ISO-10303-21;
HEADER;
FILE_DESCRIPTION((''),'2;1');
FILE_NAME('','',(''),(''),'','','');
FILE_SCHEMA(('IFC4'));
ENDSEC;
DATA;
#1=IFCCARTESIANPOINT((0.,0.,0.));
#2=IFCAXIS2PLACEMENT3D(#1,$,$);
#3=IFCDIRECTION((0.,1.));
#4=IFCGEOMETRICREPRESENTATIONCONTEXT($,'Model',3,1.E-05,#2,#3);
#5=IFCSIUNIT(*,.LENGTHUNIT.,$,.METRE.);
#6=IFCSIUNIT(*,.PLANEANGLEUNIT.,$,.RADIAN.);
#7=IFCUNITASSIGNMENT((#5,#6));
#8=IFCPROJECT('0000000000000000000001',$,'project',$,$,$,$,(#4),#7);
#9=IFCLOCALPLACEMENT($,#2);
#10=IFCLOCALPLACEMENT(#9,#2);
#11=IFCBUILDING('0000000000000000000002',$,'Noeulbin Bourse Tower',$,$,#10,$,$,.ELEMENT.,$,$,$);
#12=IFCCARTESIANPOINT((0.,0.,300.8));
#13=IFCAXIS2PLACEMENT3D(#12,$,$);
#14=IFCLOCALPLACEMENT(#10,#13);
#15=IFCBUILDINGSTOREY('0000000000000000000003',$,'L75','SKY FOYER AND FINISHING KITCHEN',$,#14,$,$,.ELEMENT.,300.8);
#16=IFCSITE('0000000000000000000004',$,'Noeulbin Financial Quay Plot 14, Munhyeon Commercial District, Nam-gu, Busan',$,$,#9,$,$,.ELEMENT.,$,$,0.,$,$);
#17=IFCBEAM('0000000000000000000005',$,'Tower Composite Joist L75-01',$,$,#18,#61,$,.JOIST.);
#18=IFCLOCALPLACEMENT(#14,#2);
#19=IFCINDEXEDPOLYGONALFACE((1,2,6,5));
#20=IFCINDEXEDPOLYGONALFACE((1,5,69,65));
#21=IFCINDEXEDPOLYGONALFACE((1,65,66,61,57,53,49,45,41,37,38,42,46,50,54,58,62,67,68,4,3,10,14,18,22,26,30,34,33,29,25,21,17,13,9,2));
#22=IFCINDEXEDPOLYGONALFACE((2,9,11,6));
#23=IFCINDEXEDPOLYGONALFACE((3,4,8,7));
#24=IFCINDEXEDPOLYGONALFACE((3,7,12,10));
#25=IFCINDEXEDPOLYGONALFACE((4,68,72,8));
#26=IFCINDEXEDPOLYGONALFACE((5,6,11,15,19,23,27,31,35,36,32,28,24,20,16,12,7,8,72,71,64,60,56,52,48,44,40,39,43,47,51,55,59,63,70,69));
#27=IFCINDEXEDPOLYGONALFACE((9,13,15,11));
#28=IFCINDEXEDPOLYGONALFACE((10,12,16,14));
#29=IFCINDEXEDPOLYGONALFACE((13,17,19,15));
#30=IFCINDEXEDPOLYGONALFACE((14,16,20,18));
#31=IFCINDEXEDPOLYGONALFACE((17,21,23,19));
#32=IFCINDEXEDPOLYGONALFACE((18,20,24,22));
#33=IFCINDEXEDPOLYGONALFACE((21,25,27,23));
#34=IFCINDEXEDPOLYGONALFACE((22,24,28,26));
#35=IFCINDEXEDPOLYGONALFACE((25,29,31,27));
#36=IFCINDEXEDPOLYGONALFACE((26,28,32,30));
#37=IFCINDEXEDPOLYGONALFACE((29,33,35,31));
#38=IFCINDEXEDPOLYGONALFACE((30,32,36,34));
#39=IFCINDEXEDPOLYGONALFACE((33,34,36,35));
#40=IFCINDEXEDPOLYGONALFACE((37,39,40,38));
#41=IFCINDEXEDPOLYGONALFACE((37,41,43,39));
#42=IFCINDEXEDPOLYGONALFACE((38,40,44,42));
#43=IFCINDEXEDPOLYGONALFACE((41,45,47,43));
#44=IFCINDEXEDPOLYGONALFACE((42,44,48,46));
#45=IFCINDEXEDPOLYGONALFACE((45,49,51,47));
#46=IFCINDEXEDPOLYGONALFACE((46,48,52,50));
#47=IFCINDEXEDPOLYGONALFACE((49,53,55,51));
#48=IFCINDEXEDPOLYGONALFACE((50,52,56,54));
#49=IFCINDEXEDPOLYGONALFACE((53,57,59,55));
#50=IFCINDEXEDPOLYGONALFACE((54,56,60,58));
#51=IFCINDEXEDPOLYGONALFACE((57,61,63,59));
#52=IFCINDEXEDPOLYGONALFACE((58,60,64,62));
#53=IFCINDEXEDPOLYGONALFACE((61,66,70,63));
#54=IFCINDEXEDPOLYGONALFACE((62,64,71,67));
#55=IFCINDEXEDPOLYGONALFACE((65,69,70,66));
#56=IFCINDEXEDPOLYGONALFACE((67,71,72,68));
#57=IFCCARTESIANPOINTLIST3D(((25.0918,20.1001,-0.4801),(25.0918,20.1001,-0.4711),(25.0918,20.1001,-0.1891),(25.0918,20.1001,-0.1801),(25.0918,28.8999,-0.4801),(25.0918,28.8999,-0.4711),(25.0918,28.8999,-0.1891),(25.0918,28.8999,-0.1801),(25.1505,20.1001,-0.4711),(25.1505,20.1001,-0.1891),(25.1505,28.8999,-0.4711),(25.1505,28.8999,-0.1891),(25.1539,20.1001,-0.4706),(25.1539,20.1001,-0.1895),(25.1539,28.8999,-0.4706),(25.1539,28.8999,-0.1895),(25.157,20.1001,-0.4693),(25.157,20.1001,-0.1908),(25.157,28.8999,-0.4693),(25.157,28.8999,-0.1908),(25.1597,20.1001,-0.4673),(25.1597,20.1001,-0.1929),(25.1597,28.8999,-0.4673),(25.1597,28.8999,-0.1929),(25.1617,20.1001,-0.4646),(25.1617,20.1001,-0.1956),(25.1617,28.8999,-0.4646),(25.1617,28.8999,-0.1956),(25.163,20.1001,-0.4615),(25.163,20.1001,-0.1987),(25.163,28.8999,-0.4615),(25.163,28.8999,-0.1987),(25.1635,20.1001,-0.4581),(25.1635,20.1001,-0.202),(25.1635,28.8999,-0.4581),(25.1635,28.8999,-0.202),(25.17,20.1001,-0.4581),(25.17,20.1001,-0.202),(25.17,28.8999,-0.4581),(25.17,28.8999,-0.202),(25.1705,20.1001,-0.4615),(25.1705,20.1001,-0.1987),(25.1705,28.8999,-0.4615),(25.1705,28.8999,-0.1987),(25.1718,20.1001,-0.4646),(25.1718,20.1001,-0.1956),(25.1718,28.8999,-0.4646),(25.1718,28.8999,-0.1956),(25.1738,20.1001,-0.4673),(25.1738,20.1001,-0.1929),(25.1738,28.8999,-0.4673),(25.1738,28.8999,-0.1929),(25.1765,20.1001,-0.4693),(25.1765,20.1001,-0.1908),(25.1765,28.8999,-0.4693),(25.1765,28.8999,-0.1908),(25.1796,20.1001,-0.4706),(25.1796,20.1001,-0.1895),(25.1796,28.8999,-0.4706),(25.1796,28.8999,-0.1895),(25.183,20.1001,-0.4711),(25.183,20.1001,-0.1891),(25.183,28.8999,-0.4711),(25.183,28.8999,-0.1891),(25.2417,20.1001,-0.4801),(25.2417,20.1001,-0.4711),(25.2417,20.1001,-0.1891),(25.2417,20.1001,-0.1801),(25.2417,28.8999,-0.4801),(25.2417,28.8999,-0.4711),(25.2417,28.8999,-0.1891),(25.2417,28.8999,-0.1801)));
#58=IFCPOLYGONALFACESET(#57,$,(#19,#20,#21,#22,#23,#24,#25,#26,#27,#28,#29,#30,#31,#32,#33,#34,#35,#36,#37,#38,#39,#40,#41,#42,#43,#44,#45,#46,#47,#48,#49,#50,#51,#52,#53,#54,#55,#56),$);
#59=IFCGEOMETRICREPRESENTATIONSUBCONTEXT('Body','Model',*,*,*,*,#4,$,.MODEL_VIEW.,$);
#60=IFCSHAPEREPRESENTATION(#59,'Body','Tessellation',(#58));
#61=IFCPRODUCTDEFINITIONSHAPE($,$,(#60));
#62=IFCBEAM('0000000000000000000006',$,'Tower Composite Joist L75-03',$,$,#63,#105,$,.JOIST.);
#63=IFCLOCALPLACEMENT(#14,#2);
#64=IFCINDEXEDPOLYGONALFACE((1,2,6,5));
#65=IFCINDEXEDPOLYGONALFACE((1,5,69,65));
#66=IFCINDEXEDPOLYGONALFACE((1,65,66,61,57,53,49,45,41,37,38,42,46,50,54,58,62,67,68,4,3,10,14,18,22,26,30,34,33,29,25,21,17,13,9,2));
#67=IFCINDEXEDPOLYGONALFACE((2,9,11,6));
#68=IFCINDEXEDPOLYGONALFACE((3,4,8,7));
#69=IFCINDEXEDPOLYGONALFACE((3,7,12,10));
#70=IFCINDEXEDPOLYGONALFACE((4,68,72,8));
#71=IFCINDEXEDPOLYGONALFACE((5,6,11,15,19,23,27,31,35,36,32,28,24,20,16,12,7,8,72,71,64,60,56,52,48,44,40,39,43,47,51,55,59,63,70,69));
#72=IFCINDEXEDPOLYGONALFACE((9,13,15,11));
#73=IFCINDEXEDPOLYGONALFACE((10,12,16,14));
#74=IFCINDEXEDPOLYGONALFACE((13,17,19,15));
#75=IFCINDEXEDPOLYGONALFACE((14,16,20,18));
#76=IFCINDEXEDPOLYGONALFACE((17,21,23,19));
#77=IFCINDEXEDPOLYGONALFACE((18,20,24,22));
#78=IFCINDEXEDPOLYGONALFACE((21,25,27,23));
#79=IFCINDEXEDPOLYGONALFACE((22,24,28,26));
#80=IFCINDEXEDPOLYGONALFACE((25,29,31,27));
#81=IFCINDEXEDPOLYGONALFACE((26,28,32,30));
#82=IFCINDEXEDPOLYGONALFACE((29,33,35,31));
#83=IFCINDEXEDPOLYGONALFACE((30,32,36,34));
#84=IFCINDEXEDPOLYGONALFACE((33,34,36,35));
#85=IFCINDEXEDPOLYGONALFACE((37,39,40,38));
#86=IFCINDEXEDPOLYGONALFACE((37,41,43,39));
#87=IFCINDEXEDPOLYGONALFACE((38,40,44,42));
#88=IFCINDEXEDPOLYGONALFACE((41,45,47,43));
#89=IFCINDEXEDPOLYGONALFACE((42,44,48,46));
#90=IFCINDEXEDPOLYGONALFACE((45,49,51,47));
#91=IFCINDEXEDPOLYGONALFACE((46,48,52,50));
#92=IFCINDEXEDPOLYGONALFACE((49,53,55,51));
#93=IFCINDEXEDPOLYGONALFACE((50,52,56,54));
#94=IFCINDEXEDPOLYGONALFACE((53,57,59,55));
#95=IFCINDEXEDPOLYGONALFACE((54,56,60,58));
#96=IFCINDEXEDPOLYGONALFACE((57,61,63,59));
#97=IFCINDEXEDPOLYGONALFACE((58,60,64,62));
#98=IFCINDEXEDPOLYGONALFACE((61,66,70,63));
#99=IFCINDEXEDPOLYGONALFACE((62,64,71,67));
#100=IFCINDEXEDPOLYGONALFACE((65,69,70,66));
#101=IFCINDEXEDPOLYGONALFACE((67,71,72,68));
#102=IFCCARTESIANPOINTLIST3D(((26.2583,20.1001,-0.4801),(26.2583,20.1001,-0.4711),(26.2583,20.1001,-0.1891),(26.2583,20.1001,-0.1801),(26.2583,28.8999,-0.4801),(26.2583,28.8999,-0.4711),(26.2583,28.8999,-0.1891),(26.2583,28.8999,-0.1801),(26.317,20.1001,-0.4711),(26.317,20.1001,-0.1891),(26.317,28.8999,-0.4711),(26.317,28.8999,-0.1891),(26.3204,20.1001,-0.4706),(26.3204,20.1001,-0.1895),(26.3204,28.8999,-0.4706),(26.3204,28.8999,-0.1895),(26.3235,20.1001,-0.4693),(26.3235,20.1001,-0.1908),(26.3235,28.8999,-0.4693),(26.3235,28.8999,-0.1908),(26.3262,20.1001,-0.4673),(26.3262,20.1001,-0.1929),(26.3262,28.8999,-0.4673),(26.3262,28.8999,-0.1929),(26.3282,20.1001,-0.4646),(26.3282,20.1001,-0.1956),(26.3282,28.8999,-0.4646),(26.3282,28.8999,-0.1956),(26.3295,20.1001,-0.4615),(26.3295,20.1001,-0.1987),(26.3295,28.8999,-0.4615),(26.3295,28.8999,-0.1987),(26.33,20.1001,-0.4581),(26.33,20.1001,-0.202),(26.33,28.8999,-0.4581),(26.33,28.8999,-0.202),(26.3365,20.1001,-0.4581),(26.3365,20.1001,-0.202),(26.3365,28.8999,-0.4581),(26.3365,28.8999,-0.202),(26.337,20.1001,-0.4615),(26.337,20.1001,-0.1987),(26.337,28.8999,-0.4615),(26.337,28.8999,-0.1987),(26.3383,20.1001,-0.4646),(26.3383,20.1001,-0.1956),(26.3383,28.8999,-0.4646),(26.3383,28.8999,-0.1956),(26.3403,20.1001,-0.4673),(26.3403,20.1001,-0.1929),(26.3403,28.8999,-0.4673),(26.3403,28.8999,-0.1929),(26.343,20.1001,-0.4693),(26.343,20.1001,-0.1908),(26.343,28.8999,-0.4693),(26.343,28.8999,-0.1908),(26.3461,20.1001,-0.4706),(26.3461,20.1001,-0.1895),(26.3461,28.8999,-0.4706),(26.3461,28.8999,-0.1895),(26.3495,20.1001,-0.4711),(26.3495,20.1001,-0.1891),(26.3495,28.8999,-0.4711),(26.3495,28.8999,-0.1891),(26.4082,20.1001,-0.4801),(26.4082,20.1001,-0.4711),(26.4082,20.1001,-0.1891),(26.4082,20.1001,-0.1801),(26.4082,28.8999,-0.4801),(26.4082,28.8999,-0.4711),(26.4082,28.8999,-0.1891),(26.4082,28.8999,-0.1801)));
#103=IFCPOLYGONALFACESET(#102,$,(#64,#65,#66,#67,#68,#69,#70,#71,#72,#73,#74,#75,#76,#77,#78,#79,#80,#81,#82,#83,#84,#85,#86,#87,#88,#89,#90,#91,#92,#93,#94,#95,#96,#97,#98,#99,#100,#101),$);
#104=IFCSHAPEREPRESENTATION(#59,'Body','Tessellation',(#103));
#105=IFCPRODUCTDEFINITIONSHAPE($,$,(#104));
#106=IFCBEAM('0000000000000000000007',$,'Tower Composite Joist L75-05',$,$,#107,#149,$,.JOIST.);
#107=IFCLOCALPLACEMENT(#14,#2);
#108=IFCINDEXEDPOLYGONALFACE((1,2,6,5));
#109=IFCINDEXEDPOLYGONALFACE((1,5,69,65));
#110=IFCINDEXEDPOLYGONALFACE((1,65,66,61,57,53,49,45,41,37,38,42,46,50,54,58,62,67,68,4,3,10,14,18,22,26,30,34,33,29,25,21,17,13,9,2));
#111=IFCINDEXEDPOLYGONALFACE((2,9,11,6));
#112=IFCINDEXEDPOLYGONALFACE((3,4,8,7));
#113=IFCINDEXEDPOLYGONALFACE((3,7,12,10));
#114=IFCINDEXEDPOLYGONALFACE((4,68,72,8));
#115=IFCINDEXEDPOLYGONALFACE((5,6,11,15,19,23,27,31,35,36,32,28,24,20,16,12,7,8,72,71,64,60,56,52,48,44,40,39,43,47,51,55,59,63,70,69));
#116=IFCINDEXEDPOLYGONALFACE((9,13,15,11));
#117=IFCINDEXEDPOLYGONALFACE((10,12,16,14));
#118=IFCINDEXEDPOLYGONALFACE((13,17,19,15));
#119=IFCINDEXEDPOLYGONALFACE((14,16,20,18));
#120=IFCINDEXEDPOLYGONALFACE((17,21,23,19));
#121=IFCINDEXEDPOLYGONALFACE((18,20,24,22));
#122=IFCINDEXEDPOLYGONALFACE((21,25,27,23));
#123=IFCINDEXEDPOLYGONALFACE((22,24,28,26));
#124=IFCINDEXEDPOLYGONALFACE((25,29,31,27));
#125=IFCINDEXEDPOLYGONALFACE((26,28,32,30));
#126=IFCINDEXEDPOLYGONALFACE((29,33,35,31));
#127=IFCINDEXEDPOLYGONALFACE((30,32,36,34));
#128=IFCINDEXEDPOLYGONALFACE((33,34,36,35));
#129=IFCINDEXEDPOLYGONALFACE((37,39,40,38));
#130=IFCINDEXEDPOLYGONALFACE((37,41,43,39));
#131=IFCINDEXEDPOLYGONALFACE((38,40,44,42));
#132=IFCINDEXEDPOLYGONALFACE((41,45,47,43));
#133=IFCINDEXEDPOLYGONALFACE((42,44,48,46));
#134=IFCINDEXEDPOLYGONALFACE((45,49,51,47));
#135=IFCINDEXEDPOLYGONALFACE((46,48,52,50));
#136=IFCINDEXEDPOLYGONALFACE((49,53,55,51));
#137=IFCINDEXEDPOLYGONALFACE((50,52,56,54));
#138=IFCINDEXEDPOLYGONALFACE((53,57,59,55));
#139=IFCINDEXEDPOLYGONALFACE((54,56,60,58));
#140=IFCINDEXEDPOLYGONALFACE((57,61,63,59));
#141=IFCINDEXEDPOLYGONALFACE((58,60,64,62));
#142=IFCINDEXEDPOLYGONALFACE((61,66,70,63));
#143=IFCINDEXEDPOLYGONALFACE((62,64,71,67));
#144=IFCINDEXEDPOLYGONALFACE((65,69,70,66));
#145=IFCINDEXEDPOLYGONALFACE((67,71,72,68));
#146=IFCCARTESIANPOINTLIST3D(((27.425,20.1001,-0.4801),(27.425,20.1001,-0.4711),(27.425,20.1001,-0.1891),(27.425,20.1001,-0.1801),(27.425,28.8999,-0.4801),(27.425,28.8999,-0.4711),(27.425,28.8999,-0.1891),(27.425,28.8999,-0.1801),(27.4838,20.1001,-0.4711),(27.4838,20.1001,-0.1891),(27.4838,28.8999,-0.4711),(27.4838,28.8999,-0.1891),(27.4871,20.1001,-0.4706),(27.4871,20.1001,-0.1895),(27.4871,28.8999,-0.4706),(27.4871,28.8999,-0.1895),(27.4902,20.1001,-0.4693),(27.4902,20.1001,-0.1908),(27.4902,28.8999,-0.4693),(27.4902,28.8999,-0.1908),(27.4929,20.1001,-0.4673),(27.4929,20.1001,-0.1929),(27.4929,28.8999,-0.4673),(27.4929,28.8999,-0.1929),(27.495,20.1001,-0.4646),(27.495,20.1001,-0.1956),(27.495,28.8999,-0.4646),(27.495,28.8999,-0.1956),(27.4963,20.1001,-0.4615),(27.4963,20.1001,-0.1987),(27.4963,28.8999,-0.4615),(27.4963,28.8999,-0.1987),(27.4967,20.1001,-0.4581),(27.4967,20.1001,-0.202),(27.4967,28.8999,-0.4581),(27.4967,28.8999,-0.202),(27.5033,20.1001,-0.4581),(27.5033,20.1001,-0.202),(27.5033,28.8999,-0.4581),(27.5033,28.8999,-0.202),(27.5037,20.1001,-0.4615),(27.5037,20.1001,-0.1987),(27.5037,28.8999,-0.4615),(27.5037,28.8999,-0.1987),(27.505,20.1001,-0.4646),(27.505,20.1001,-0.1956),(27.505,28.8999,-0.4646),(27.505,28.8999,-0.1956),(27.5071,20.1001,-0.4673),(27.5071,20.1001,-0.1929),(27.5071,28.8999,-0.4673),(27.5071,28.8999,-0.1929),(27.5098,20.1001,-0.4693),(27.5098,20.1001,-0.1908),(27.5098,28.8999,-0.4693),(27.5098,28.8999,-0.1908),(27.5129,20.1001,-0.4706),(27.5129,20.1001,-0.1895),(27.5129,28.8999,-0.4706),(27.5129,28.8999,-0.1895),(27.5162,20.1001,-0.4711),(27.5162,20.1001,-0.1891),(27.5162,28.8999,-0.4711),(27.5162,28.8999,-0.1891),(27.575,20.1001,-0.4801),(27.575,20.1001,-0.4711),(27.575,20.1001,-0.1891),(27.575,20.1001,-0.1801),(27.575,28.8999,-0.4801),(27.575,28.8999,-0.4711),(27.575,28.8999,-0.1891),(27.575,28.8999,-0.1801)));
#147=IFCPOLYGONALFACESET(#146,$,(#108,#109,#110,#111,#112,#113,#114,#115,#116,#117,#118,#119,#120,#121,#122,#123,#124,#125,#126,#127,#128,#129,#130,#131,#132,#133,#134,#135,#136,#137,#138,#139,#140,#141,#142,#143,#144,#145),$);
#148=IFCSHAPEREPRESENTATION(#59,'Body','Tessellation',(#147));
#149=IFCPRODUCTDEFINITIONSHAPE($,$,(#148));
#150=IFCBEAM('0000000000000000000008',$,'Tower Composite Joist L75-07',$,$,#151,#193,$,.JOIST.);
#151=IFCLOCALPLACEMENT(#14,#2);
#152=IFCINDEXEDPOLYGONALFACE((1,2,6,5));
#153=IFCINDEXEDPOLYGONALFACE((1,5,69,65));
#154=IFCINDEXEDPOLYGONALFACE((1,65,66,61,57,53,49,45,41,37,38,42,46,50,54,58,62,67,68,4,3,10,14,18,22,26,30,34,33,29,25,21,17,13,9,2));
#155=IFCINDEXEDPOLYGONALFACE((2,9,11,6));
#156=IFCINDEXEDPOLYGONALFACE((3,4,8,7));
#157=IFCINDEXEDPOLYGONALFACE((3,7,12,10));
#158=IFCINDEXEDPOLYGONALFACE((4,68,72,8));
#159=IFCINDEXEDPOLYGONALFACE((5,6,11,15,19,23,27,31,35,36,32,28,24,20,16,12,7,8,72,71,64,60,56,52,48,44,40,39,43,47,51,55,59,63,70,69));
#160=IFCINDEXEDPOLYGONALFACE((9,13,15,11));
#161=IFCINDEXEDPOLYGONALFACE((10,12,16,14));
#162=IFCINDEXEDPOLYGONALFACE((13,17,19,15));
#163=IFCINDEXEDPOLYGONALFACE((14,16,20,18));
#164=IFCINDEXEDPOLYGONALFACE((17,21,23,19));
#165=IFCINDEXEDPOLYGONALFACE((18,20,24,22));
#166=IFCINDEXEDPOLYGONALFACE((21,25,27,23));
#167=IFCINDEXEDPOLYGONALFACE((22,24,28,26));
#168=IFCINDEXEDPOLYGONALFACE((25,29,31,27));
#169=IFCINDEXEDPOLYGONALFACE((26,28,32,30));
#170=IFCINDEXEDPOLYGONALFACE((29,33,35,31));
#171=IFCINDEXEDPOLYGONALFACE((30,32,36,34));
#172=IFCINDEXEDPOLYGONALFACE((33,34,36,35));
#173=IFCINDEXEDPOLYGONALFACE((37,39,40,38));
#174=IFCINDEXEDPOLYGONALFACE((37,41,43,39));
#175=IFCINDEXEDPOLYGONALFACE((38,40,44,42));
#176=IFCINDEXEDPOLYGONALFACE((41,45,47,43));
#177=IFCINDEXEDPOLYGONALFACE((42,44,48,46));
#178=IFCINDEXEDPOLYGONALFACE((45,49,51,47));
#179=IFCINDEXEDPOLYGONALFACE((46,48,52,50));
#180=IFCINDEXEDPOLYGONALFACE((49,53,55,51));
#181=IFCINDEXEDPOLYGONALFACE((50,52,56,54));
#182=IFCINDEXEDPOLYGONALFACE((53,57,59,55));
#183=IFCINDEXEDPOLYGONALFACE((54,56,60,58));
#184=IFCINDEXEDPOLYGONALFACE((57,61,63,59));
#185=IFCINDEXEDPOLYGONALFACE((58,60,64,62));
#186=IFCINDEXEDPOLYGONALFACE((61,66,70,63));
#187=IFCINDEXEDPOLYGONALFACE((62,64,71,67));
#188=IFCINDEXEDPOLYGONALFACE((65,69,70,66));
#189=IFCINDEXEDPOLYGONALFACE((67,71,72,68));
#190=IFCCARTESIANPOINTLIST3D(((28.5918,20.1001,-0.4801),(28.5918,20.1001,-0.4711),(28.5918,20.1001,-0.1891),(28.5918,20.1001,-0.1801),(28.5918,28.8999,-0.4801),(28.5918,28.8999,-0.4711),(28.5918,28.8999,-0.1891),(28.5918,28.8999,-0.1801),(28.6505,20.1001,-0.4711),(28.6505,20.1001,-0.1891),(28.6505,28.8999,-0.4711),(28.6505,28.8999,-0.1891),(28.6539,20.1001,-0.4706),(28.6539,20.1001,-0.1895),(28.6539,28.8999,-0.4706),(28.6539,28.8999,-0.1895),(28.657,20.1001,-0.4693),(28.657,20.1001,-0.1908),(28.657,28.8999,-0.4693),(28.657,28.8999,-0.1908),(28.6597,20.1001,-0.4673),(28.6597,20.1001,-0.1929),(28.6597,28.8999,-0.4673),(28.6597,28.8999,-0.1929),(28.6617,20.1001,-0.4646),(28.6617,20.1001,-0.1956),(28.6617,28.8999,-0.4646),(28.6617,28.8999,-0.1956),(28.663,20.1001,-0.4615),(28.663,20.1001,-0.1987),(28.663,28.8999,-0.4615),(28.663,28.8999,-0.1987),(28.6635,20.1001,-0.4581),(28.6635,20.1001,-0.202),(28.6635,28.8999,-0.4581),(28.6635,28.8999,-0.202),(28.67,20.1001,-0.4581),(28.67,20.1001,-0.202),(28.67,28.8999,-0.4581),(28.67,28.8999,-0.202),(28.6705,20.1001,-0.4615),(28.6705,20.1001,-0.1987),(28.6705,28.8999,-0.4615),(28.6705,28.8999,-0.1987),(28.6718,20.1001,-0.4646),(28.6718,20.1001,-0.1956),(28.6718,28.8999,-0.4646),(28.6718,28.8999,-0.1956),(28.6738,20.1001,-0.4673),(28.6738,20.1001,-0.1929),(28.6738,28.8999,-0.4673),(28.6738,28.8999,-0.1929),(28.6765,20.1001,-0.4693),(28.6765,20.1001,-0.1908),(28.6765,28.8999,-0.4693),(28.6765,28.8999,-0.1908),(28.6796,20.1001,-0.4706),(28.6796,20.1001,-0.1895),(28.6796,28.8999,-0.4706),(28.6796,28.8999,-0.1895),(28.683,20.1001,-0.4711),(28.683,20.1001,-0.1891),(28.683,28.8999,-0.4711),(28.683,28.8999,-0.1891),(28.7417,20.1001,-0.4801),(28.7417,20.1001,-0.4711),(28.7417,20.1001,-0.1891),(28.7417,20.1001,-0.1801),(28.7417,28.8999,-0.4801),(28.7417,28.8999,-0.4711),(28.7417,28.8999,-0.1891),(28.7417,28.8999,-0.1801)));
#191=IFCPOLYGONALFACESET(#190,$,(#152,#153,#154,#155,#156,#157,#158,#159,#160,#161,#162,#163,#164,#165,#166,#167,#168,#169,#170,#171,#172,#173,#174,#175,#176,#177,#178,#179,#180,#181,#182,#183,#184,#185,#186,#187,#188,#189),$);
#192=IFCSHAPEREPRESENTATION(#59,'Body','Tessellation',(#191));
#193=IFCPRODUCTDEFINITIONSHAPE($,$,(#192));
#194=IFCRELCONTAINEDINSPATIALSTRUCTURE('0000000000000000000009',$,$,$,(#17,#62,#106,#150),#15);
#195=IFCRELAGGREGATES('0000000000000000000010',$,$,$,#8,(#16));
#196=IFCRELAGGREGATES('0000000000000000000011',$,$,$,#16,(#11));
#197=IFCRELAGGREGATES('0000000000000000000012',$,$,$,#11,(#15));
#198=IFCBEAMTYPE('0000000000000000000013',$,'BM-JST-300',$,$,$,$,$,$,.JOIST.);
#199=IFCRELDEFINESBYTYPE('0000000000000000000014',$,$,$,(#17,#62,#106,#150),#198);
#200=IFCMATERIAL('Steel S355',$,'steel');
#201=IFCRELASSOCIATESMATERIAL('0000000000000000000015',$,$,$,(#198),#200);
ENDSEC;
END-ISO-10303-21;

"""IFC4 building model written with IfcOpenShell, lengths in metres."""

from ifc_helpers import new_model, si_unit, direction, frame, origin, origin_2d, place, context, subcontext, project, spatial, i_section, extrude, material, material_profile, profile_set, type_object, element, save


model = new_model("IFC4")

# Units and contexts
model_context = context("Model", 3, precision=1e-05, world=origin(), true_north=direction((0.0, 1.0)))
body_context = subcontext(model_context, "Body", "Model", "MODEL_VIEW")
ifc_project = project(units=[si_unit("LENGTHUNIT", "METRE"), si_unit("PLANEANGLEUNIT", "RADIAN")], contexts=[model_context])

# Site, building, storey
site_placement = place(None, origin())
site = spatial("IfcSite", under=ifc_project, at=site_placement, Name="Noeulbin Financial Quay Plot 14, Munhyeon Commercial District, Nam-gu, Busan", CompositionType="ELEMENT", RefElevation=0.0)
building_placement = place(site_placement, origin())
building = spatial("IfcBuilding", under=site, at=building_placement, Name="Noeulbin Bourse Tower", CompositionType="ELEMENT")
storey_placement = place(building_placement, frame((0.0, 0.0, 300.8)))
storey = spatial("IfcBuildingStorey", under=building, at=storey_placement, Name="L75", Description="SKY FOYER AND FINISHING KITCHEN", CompositionType="ELEMENT", Elevation=300.8)

# Shared definitions
ifc_material_1 = material(Name="Steel S355", Category="steel")

# Beams
ifc_material_profile_1 = material_profile(ifc_material_1, i_section(OverallWidth=0.1499, OverallDepth=0.3, WebThickness=0.0066, FlangeThickness=0.009, FilletRadius=0.0129, at=origin_2d()), Name="H-300x150x6.5x9", Category="LoadBearing")
ifc_profile_set_1 = profile_set([ifc_material_profile_1], Name="Steel S355")
beam_type_1 = type_object("IfcBeamType", Name="BM-JST-300", PredefinedType="JOIST", material=ifc_profile_set_1)
for number, where, z_axis, x_axis, name in (
    (1, (25.1667, 20.1001, -0.3301), (0.0, 1.0, 0.0), (-1.0, 0.0, 0.0), "Tower Composite Joist L75-01"),
    (2, (26.3333, 20.1001, -0.3301), (0.0, 1.0, 0.0), (-1.0, 0.0, 0.0), "Tower Composite Joist L75-03"),
    (3, (27.5, 20.1001, -0.3301), (0.0, 1.0, 0.0), (-1.0, 0.0, 0.0), "Tower Composite Joist L75-05"),
    (4, (28.6667, 20.1001, -0.3301), (0.0, 1.0, 0.0), (-1.0, 0.0, 0.0), "Tower Composite Joist L75-07"),
):
    element("IfcBeam", number, at=place(storey_placement, frame(where, z_axis=z_axis, x_axis=x_axis)), inside=storey, type_object=beam_type_1, Name=name, PredefinedType="JOIST", context=body_context, shape_type="SweptSolid", body=[
        extrude(i_section(OverallWidth=0.1499, OverallDepth=0.3, WebThickness=0.0066, FlangeThickness=0.009, FilletRadius=0.0129, at=origin_2d()), origin(), (0.0, 0.0, 1.0), 8.7998),
    ])

save(model, "model.ifc")
